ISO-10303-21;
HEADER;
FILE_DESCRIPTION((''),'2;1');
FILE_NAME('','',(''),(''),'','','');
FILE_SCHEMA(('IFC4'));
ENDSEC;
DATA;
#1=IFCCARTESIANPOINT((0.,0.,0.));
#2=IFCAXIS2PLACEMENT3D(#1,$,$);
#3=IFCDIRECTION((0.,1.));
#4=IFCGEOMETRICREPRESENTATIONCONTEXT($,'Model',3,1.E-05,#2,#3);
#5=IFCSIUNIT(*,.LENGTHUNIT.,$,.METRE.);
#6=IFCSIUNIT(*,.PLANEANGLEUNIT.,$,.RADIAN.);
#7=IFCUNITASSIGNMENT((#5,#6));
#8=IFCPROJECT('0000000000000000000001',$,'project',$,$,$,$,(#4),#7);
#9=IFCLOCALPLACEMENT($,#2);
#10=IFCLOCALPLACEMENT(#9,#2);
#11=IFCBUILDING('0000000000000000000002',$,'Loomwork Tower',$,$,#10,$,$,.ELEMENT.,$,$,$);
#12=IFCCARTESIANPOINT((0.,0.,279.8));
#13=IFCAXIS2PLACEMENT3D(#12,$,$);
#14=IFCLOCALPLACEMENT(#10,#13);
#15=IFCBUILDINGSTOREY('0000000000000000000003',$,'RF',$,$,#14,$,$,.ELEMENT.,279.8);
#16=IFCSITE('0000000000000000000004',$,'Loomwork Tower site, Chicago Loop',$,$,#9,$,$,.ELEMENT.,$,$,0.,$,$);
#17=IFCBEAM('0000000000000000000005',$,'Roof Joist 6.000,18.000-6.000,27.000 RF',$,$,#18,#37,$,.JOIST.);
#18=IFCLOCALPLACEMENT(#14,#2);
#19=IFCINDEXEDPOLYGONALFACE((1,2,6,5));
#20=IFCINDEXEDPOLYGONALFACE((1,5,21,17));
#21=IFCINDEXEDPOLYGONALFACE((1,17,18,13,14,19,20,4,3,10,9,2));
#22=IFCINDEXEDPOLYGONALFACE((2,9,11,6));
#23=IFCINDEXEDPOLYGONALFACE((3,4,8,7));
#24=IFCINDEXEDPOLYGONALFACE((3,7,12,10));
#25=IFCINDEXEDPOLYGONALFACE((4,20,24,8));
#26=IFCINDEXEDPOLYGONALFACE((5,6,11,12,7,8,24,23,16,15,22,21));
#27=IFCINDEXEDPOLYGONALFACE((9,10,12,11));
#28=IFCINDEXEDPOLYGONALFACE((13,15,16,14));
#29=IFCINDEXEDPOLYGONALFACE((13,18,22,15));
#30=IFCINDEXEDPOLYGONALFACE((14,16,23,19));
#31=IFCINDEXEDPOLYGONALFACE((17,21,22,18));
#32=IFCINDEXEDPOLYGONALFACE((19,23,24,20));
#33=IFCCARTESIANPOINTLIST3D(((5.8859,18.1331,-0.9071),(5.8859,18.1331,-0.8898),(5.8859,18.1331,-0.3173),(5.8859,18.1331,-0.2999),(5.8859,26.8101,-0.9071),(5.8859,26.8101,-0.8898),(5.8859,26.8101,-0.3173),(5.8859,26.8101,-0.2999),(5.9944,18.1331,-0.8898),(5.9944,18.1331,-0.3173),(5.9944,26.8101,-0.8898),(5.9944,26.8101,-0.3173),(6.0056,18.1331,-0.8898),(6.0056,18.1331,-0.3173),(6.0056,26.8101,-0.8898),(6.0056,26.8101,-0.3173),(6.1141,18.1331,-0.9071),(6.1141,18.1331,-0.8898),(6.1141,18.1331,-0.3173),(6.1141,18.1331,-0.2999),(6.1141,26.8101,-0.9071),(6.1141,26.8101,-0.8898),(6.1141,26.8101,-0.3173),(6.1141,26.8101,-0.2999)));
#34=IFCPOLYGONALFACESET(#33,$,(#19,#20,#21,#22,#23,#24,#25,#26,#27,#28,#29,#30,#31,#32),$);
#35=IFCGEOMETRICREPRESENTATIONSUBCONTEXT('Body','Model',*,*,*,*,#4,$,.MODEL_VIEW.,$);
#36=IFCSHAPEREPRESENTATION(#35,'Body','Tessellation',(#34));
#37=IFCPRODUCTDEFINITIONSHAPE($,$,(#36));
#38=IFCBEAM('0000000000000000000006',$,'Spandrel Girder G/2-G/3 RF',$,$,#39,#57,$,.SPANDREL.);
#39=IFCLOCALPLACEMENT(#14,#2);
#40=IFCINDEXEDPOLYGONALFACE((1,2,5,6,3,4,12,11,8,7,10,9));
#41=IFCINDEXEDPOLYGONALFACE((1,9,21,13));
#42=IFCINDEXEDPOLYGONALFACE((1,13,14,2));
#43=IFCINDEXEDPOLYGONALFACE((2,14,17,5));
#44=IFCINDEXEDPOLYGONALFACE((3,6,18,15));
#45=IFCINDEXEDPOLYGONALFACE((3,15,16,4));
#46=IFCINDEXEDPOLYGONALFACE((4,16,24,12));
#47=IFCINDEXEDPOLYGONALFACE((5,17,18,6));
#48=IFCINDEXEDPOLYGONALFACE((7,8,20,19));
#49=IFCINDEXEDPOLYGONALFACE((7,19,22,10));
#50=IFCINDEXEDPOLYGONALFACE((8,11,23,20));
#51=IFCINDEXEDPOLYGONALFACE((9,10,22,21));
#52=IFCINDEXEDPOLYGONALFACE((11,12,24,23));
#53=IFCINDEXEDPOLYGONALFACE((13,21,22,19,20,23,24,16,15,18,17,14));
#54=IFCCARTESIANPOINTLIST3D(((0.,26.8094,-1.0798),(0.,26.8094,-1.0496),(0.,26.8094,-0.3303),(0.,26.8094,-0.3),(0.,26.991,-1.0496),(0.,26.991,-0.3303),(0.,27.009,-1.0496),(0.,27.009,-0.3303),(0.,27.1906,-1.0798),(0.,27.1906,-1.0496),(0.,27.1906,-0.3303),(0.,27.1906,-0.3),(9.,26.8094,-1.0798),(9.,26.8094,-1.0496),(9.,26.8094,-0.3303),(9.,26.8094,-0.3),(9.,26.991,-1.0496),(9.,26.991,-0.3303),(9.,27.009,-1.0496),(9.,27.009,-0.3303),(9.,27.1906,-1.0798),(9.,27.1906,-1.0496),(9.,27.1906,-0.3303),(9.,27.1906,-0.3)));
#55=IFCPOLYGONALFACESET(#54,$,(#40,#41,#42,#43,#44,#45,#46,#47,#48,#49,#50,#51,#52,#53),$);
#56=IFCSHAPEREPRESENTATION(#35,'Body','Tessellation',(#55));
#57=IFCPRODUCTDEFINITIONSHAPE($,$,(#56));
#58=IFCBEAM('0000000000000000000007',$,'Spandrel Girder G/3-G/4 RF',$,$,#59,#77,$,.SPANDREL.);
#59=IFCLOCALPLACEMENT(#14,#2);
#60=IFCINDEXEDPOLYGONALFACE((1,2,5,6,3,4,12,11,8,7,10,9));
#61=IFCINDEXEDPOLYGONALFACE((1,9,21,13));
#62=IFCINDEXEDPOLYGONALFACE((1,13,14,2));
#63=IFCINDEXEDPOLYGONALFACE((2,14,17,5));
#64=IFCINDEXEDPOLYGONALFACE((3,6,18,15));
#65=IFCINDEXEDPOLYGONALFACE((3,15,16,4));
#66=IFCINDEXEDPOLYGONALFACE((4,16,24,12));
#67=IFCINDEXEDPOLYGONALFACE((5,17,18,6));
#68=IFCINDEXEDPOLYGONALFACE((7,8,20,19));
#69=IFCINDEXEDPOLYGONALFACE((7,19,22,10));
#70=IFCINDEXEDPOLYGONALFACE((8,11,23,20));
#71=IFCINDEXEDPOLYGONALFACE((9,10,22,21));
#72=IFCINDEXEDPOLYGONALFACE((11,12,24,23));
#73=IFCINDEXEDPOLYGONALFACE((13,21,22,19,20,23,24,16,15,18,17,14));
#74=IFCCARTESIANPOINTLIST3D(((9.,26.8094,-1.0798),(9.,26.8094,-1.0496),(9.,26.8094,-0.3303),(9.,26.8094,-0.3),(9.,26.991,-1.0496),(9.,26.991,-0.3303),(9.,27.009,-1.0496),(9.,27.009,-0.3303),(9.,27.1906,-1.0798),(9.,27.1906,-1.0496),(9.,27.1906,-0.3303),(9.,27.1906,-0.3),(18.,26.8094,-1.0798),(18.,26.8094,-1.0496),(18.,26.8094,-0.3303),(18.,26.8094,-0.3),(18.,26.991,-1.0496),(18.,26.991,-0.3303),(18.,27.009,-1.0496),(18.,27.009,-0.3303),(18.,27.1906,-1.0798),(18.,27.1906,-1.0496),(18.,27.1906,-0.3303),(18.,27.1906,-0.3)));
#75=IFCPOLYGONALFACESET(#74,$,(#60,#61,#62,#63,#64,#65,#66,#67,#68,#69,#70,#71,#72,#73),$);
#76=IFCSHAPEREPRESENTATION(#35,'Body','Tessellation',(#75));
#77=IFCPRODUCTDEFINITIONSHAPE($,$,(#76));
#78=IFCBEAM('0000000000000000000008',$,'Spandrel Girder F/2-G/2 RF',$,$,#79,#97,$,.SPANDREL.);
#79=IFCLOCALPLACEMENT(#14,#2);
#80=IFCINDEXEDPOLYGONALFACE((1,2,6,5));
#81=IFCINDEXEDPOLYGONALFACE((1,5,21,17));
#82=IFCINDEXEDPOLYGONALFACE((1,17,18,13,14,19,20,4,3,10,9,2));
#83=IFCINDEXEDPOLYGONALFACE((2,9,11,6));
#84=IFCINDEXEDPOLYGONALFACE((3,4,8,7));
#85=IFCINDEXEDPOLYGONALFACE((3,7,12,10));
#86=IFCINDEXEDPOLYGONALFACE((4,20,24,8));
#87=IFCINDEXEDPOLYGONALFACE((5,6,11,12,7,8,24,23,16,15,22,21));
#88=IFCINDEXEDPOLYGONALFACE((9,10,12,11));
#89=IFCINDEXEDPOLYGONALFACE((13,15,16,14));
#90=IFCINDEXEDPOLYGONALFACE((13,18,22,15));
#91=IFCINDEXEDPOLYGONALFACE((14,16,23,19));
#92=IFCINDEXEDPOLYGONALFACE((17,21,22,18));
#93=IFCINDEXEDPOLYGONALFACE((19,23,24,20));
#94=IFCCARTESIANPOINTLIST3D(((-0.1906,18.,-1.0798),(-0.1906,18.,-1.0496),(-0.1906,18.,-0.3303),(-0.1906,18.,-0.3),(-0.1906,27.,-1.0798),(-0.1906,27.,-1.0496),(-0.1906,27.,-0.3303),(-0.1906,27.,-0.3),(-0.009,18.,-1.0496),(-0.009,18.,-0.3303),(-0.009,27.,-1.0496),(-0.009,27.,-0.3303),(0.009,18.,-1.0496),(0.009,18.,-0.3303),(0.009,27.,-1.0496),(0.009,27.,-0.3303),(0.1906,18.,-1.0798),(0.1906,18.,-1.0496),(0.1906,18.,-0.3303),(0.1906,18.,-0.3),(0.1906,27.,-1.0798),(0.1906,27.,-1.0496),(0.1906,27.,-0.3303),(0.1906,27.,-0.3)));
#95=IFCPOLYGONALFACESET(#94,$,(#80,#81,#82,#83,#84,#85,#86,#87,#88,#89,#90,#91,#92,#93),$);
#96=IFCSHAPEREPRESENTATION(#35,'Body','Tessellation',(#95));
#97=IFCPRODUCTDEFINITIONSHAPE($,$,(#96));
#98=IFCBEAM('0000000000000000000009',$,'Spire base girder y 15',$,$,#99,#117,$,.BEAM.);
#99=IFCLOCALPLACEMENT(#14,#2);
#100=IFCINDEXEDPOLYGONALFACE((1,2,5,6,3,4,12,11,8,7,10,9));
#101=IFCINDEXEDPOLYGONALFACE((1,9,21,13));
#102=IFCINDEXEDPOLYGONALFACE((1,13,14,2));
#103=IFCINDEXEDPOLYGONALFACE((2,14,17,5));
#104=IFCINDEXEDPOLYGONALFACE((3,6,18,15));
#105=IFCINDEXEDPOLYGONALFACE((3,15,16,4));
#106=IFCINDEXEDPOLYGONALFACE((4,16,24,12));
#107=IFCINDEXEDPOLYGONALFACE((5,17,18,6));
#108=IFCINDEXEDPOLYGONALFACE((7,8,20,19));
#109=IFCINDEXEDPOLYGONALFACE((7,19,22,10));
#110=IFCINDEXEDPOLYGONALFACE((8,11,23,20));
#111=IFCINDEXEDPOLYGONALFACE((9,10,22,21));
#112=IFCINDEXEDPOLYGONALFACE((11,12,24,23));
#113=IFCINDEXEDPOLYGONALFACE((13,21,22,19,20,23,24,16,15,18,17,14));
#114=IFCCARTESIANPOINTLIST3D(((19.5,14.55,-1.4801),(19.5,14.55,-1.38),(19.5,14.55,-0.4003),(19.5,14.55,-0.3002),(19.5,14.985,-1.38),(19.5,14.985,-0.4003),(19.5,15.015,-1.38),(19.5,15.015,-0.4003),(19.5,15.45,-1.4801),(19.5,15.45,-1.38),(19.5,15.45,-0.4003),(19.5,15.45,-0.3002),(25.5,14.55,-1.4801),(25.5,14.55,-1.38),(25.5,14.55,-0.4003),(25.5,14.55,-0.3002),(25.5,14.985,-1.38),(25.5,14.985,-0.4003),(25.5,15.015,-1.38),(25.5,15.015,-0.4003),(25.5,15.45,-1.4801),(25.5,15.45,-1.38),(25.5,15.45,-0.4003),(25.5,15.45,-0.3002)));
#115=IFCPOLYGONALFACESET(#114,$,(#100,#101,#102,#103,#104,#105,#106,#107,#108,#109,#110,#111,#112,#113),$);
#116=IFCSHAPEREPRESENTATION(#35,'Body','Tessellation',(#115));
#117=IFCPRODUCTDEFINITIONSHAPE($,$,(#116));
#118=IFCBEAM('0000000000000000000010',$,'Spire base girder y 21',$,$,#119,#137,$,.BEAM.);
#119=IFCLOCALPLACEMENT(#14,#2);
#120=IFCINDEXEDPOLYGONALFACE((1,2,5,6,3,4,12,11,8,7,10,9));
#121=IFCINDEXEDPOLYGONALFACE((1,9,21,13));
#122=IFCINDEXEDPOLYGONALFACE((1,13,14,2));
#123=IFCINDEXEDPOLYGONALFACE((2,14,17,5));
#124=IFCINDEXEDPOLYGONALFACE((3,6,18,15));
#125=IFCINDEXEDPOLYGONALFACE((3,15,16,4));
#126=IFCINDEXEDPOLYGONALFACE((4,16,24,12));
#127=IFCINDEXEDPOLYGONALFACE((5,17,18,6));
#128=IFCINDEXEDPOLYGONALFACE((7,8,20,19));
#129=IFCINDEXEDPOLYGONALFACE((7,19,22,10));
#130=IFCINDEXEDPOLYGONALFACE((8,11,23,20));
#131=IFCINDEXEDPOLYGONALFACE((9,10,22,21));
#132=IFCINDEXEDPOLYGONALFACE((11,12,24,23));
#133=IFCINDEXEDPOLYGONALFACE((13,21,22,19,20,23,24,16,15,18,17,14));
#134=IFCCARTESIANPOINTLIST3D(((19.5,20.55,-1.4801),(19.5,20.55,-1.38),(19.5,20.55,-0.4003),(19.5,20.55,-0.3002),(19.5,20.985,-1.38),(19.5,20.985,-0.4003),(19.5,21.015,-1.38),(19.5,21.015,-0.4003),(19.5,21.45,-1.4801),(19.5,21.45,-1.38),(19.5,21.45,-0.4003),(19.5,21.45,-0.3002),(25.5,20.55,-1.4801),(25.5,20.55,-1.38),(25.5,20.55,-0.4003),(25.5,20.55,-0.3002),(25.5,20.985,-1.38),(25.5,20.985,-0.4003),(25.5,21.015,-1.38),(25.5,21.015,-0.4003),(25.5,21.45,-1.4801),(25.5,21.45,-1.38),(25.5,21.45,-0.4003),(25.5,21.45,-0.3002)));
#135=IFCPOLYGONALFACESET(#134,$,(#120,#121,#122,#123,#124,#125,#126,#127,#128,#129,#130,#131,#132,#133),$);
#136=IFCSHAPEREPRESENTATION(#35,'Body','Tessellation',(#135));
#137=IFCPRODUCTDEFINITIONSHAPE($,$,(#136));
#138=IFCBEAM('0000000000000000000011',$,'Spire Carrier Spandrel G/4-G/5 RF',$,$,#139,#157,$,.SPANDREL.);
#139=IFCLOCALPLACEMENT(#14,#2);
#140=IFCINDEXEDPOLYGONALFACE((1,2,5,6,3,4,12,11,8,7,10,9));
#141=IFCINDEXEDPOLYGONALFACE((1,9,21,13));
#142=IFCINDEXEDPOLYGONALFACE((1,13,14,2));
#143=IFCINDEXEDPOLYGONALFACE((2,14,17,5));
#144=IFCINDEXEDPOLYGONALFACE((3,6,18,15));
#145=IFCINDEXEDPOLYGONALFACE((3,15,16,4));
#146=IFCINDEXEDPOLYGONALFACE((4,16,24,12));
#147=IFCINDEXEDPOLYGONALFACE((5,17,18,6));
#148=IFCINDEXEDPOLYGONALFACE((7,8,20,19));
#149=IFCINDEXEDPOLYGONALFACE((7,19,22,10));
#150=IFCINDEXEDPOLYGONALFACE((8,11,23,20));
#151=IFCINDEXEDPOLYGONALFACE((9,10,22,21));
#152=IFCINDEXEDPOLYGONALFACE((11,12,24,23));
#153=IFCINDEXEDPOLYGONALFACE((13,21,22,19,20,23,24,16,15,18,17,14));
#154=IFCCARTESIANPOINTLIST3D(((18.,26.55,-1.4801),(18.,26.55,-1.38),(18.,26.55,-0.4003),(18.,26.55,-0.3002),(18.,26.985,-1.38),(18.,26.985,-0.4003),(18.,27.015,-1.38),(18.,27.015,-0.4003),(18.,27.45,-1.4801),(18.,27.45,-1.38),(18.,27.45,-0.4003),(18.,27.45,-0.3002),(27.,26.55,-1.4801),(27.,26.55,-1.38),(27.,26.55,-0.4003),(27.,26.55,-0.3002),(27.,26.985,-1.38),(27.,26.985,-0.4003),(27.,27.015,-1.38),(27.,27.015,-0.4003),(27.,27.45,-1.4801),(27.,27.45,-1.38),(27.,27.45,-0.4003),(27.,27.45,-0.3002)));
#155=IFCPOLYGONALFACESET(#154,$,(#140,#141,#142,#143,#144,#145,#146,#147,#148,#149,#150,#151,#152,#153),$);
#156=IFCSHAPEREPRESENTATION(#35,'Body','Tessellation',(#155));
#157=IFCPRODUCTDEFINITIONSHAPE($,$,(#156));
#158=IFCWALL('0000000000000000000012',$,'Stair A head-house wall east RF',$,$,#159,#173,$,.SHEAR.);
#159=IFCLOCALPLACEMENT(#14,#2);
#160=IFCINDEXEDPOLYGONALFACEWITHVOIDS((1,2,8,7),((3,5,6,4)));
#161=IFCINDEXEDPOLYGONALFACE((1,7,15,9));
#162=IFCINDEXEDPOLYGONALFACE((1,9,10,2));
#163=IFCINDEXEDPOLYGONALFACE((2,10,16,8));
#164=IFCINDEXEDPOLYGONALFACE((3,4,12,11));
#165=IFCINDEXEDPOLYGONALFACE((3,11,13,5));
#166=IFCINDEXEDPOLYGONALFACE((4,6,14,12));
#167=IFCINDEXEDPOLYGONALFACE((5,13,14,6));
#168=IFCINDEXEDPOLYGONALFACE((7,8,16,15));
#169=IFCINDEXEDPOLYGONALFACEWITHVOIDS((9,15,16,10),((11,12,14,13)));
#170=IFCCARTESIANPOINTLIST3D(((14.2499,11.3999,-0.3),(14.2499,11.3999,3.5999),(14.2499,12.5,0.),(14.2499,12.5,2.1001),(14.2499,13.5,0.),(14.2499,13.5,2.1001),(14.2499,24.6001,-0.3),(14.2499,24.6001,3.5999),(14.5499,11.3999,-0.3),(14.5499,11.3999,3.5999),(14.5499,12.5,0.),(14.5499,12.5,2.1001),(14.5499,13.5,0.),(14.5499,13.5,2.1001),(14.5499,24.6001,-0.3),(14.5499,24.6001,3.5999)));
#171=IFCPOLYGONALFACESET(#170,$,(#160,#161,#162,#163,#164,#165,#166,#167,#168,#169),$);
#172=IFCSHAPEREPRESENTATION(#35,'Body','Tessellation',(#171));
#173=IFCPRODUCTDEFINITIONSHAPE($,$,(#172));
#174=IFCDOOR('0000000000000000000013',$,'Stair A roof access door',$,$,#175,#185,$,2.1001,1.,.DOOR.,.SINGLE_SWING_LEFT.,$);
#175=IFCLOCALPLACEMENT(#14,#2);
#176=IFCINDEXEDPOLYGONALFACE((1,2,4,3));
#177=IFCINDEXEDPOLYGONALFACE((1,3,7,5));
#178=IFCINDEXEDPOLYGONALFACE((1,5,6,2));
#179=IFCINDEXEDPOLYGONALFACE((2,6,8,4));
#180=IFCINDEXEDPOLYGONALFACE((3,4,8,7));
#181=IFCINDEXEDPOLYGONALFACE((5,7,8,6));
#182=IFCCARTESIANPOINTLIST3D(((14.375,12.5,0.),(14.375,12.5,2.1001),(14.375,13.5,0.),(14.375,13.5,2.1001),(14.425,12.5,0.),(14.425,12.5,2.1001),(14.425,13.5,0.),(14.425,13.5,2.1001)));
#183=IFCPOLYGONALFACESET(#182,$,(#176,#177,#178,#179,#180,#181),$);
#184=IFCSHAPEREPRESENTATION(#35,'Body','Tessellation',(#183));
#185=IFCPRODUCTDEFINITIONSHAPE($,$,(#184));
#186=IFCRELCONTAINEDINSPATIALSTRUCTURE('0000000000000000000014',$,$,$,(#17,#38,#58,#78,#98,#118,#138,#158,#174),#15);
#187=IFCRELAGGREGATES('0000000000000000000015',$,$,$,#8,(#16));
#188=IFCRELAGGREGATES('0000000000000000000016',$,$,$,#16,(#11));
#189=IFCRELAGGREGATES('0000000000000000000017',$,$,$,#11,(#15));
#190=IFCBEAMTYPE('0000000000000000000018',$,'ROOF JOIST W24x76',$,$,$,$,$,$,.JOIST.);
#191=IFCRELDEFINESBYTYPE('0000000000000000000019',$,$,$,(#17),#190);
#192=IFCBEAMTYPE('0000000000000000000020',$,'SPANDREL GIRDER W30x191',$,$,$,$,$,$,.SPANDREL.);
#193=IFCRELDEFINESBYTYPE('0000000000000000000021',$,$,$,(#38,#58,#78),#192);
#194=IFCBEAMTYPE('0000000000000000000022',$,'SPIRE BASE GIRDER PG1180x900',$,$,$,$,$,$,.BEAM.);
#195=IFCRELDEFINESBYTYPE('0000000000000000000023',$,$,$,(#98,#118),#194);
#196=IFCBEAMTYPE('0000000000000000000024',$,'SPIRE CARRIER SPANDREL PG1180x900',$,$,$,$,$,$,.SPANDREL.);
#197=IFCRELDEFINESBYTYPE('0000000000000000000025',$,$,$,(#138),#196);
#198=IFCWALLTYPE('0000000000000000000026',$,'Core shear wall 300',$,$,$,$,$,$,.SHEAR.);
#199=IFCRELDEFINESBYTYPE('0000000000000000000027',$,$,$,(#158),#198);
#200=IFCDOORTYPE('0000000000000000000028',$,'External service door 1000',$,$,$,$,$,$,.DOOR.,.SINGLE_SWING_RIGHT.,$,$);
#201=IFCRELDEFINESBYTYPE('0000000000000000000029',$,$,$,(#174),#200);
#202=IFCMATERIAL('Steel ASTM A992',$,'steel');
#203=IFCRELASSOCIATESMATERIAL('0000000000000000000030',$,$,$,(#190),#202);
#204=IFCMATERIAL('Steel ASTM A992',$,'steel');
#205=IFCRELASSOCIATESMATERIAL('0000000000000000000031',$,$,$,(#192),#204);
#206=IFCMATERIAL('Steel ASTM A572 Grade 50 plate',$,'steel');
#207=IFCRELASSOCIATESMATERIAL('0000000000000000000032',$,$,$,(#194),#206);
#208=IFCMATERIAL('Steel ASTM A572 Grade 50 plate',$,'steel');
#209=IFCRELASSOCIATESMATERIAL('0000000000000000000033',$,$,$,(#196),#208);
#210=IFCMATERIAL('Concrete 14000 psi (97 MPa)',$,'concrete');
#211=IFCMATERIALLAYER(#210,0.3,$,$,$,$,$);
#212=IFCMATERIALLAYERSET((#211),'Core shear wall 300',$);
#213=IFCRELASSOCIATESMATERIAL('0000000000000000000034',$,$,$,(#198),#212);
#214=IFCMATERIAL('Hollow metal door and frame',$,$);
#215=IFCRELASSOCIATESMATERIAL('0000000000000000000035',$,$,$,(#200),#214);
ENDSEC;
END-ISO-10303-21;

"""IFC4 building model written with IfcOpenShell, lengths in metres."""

from ifc_helpers import new_model, si_unit, direction, frame, frame_2d, origin, origin_2d, place, context, subcontext, project, spatial, rectangle, i_section, extrude, material, layer, layer_set, material_profile, profile_set, type_object, element, fill, save


model = new_model("IFC4")

# Units and contexts
model_context = context("Model", 3, precision=1e-05, world=origin(), true_north=direction((0.0, 1.0)))
body_context = subcontext(model_context, "Body", "Model", "MODEL_VIEW")
ifc_project = project(units=[si_unit("LENGTHUNIT", "METRE"), si_unit("PLANEANGLEUNIT", "RADIAN")], contexts=[model_context])

# Site, building, storey
site_placement = place(None, origin())
site = spatial("IfcSite", under=ifc_project, at=site_placement, Name="Loomwork Tower site, Chicago Loop", CompositionType="ELEMENT", RefElevation=0.0)
building_placement = place(site_placement, origin())
building = spatial("IfcBuilding", under=site, at=building_placement, Name="Loomwork Tower", CompositionType="ELEMENT")
storey_placement = place(building_placement, frame((0.0, 0.0, 279.8)))
storey = spatial("IfcBuildingStorey", under=building, at=storey_placement, Name="RF", CompositionType="ELEMENT", Elevation=279.8)

# Beams
ifc_material_1 = material(Name="Steel ASTM A992", Category="steel")
ifc_material_profile_1 = material_profile(ifc_material_1, i_section(OverallWidth=0.2283, OverallDepth=0.6072, WebThickness=0.0112, FlangeThickness=0.0173, at=origin_2d()), Name="W24x76")
ifc_profile_set_1 = profile_set([ifc_material_profile_1], Name="Steel ASTM A992")
beam_type_1 = type_object("IfcBeamType", Name="ROOF JOIST W24x76", PredefinedType="JOIST", material=ifc_profile_set_1)
for number, where, z_axis, x_axis, name in (
    (1, (6.0, 18.1331, -0.6035), (0.0, 1.0, 0.0), (-1.0, 0.0, 0.0), "Roof Joist 6.000,18.000-6.000,27.000 RF"),
):
    element("IfcBeam", number, at=place(storey_placement, frame(where, z_axis=z_axis, x_axis=x_axis)), inside=storey, type_object=beam_type_1, Name=name, PredefinedType="JOIST", context=body_context, shape_type="SweptSolid", body=[
        extrude(i_section(OverallWidth=0.2283, OverallDepth=0.6072, WebThickness=0.0112, FlangeThickness=0.0173, at=origin_2d()), origin(), (0.0, 0.0, 1.0), 8.677),
    ])
ifc_material_2 = material(Name="Steel ASTM A992", Category="steel")
ifc_material_profile_2 = material_profile(ifc_material_2, i_section(OverallWidth=0.3811, OverallDepth=0.7798, WebThickness=0.0181, FlangeThickness=0.0303, at=origin_2d()), Name="W30x191")
ifc_profile_set_2 = profile_set([ifc_material_profile_2], Name="Steel ASTM A992")
beam_type_2 = type_object("IfcBeamType", Name="SPANDREL GIRDER W30x191", PredefinedType="SPANDREL", material=ifc_profile_set_2)
for number, where, z_axis, x_axis, name in (
    (2, (0.0, 27.0, -0.6899), (1.0, 0.0, 0.0), (0.0, 1.0, 0.0), "Spandrel Girder G/2-G/3 RF"),
    (3, (9.0, 27.0, -0.6899), (1.0, 0.0, 0.0), (0.0, 1.0, 0.0), "Spandrel Girder G/3-G/4 RF"),
    (4, (0.0, 18.0, -0.6899), (0.0, 1.0, 0.0), (-1.0, 0.0, 0.0), "Spandrel Girder F/2-G/2 RF"),
):
    element("IfcBeam", number, at=place(storey_placement, frame(where, z_axis=z_axis, x_axis=x_axis)), inside=storey, type_object=beam_type_2, Name=name, PredefinedType="SPANDREL", context=body_context, shape_type="SweptSolid", body=[
        extrude(i_section(OverallWidth=0.3811, OverallDepth=0.7798, WebThickness=0.0181, FlangeThickness=0.0303, at=origin_2d()), origin(), (0.0, 0.0, 1.0), 9.0),
    ])
ifc_material_3 = material(Name="Steel ASTM A572 Grade 50 plate", Category="steel")
ifc_material_profile_3 = material_profile(ifc_material_3, i_section(OverallWidth=0.8999, OverallDepth=1.1799, WebThickness=0.03, FlangeThickness=0.1001, at=origin_2d()), Name="PG1180x900")
ifc_profile_set_3 = profile_set([ifc_material_profile_3], Name="Steel ASTM A572 Grade 50 plate")
beam_type_3 = type_object("IfcBeamType", Name="SPIRE BASE GIRDER PG1180x900", PredefinedType="BEAM", material=ifc_profile_set_3)
for number, where, z_axis, x_axis, name in (
    (5, (19.5, 15.0, -0.8901), (1.0, 0.0, 0.0), (0.0, 1.0, 0.0), "Spire base girder y 15"),
    (6, (19.5, 21.0, -0.8901), (1.0, 0.0, 0.0), (0.0, 1.0, 0.0), "Spire base girder y 21"),
):
    element("IfcBeam", number, at=place(storey_placement, frame(where, z_axis=z_axis, x_axis=x_axis)), inside=storey, type_object=beam_type_3, Name=name, PredefinedType="BEAM", context=body_context, shape_type="SweptSolid", body=[
        extrude(i_section(OverallWidth=0.8999, OverallDepth=1.1799, WebThickness=0.03, FlangeThickness=0.1001, at=origin_2d()), origin(), (0.0, 0.0, 1.0), 6.0),
    ])
ifc_material_4 = material(Name="Steel ASTM A572 Grade 50 plate", Category="steel")
ifc_material_profile_4 = material_profile(ifc_material_4, i_section(OverallWidth=0.8999, OverallDepth=1.1799, WebThickness=0.03, FlangeThickness=0.1001, at=origin_2d()), Name="PG1180x900")
ifc_profile_set_4 = profile_set([ifc_material_profile_4], Name="Steel ASTM A572 Grade 50 plate")
beam_type_4 = type_object("IfcBeamType", Name="SPIRE CARRIER SPANDREL PG1180x900", PredefinedType="SPANDREL", material=ifc_profile_set_4)
beam_placement = place(storey_placement, frame((18.0, 27.0, -0.8901), z_axis=(1.0, 0.0, 0.0), x_axis=(0.0, 1.0, 0.0)))
element("IfcBeam", 7, at=beam_placement, inside=storey, type_object=beam_type_4, Name="Spire Carrier Spandrel G/4-G/5 RF", PredefinedType="SPANDREL", context=body_context, shape_type="SweptSolid", body=[
    extrude(i_section(OverallWidth=0.8999, OverallDepth=1.1799, WebThickness=0.03, FlangeThickness=0.1001, at=origin_2d()), origin(), (0.0, 0.0, 1.0), 9.0),
])

# Wall, opening, door
ifc_material_5 = material(Name="Concrete 14000 psi (97 MPa)", Category="concrete")
ifc_layer_1 = layer(ifc_material_5, 0.3)
ifc_layer_set_1 = layer_set([ifc_layer_1], Name="Core shear wall 300")
wall_type_1 = type_object("IfcWallType", Name="Core shear wall 300", PredefinedType="SHEAR", material=ifc_layer_set_1)
wall_1_placement = place(storey_placement, frame((14.3999, 11.3999, -0.3), z_axis=(0.0, 0.0, 1.0), x_axis=(0.0, 1.0, 0.0)))
wall_1 = element("IfcWall", 8, at=wall_1_placement, inside=storey, type_object=wall_type_1, Name="Stair A head-house wall east RF", PredefinedType="SHEAR", context=body_context, shape_type="SweptSolid", body=[
    extrude(rectangle(XDim=13.2002, YDim=0.3, at=frame_2d((6.6001, 0.0))), origin(), (0.0, 0.0, 1.0), 3.8999),
])
opening_1_placement = place(wall_1_placement, frame((1.1001, 0.0, 0.3)))
opening_1 = element("IfcOpeningElement", 9, at=opening_1_placement, cuts=wall_1, PredefinedType="OPENING", context=body_context, shape_type="SweptSolid", body=[
    extrude(rectangle(XDim=1.0, YDim=2.1001, at=frame_2d((0.5, 1.05))), frame((0.0, 0.1599, 0.0), z_axis=(0.0, -1.0, 0.0), x_axis=(1.0, 0.0, 0.0)), (0.0, 0.0, 1.0), 0.3201),
])
ifc_material_6 = material(Name="Hollow metal door and frame")
door_type_1 = type_object("IfcDoorType", Name="External service door 1000", OperationType="SINGLE_SWING_RIGHT", PredefinedType="DOOR", material=ifc_material_6)
door_1_placement = place(opening_1_placement, origin())
door_1 = element("IfcDoor", 10, at=door_1_placement, inside=storey, type_object=door_type_1, Name="Stair A roof access door", OperationType="SINGLE_SWING_LEFT", OverallHeight=2.1001, OverallWidth=1.0, PredefinedType="DOOR", context=body_context, shape_type="SweptSolid", body=[
    extrude(rectangle(XDim=1.0, YDim=2.1001, at=frame_2d((0.5, 1.05))), frame((0.0, 0.0249, 0.0), z_axis=(0.0, -1.0, 0.0), x_axis=(1.0, 0.0, 0.0)), (0.0, 0.0, 1.0), 0.05),
])
fill(opening_1, door_1)

save(model, "model.ifc")
